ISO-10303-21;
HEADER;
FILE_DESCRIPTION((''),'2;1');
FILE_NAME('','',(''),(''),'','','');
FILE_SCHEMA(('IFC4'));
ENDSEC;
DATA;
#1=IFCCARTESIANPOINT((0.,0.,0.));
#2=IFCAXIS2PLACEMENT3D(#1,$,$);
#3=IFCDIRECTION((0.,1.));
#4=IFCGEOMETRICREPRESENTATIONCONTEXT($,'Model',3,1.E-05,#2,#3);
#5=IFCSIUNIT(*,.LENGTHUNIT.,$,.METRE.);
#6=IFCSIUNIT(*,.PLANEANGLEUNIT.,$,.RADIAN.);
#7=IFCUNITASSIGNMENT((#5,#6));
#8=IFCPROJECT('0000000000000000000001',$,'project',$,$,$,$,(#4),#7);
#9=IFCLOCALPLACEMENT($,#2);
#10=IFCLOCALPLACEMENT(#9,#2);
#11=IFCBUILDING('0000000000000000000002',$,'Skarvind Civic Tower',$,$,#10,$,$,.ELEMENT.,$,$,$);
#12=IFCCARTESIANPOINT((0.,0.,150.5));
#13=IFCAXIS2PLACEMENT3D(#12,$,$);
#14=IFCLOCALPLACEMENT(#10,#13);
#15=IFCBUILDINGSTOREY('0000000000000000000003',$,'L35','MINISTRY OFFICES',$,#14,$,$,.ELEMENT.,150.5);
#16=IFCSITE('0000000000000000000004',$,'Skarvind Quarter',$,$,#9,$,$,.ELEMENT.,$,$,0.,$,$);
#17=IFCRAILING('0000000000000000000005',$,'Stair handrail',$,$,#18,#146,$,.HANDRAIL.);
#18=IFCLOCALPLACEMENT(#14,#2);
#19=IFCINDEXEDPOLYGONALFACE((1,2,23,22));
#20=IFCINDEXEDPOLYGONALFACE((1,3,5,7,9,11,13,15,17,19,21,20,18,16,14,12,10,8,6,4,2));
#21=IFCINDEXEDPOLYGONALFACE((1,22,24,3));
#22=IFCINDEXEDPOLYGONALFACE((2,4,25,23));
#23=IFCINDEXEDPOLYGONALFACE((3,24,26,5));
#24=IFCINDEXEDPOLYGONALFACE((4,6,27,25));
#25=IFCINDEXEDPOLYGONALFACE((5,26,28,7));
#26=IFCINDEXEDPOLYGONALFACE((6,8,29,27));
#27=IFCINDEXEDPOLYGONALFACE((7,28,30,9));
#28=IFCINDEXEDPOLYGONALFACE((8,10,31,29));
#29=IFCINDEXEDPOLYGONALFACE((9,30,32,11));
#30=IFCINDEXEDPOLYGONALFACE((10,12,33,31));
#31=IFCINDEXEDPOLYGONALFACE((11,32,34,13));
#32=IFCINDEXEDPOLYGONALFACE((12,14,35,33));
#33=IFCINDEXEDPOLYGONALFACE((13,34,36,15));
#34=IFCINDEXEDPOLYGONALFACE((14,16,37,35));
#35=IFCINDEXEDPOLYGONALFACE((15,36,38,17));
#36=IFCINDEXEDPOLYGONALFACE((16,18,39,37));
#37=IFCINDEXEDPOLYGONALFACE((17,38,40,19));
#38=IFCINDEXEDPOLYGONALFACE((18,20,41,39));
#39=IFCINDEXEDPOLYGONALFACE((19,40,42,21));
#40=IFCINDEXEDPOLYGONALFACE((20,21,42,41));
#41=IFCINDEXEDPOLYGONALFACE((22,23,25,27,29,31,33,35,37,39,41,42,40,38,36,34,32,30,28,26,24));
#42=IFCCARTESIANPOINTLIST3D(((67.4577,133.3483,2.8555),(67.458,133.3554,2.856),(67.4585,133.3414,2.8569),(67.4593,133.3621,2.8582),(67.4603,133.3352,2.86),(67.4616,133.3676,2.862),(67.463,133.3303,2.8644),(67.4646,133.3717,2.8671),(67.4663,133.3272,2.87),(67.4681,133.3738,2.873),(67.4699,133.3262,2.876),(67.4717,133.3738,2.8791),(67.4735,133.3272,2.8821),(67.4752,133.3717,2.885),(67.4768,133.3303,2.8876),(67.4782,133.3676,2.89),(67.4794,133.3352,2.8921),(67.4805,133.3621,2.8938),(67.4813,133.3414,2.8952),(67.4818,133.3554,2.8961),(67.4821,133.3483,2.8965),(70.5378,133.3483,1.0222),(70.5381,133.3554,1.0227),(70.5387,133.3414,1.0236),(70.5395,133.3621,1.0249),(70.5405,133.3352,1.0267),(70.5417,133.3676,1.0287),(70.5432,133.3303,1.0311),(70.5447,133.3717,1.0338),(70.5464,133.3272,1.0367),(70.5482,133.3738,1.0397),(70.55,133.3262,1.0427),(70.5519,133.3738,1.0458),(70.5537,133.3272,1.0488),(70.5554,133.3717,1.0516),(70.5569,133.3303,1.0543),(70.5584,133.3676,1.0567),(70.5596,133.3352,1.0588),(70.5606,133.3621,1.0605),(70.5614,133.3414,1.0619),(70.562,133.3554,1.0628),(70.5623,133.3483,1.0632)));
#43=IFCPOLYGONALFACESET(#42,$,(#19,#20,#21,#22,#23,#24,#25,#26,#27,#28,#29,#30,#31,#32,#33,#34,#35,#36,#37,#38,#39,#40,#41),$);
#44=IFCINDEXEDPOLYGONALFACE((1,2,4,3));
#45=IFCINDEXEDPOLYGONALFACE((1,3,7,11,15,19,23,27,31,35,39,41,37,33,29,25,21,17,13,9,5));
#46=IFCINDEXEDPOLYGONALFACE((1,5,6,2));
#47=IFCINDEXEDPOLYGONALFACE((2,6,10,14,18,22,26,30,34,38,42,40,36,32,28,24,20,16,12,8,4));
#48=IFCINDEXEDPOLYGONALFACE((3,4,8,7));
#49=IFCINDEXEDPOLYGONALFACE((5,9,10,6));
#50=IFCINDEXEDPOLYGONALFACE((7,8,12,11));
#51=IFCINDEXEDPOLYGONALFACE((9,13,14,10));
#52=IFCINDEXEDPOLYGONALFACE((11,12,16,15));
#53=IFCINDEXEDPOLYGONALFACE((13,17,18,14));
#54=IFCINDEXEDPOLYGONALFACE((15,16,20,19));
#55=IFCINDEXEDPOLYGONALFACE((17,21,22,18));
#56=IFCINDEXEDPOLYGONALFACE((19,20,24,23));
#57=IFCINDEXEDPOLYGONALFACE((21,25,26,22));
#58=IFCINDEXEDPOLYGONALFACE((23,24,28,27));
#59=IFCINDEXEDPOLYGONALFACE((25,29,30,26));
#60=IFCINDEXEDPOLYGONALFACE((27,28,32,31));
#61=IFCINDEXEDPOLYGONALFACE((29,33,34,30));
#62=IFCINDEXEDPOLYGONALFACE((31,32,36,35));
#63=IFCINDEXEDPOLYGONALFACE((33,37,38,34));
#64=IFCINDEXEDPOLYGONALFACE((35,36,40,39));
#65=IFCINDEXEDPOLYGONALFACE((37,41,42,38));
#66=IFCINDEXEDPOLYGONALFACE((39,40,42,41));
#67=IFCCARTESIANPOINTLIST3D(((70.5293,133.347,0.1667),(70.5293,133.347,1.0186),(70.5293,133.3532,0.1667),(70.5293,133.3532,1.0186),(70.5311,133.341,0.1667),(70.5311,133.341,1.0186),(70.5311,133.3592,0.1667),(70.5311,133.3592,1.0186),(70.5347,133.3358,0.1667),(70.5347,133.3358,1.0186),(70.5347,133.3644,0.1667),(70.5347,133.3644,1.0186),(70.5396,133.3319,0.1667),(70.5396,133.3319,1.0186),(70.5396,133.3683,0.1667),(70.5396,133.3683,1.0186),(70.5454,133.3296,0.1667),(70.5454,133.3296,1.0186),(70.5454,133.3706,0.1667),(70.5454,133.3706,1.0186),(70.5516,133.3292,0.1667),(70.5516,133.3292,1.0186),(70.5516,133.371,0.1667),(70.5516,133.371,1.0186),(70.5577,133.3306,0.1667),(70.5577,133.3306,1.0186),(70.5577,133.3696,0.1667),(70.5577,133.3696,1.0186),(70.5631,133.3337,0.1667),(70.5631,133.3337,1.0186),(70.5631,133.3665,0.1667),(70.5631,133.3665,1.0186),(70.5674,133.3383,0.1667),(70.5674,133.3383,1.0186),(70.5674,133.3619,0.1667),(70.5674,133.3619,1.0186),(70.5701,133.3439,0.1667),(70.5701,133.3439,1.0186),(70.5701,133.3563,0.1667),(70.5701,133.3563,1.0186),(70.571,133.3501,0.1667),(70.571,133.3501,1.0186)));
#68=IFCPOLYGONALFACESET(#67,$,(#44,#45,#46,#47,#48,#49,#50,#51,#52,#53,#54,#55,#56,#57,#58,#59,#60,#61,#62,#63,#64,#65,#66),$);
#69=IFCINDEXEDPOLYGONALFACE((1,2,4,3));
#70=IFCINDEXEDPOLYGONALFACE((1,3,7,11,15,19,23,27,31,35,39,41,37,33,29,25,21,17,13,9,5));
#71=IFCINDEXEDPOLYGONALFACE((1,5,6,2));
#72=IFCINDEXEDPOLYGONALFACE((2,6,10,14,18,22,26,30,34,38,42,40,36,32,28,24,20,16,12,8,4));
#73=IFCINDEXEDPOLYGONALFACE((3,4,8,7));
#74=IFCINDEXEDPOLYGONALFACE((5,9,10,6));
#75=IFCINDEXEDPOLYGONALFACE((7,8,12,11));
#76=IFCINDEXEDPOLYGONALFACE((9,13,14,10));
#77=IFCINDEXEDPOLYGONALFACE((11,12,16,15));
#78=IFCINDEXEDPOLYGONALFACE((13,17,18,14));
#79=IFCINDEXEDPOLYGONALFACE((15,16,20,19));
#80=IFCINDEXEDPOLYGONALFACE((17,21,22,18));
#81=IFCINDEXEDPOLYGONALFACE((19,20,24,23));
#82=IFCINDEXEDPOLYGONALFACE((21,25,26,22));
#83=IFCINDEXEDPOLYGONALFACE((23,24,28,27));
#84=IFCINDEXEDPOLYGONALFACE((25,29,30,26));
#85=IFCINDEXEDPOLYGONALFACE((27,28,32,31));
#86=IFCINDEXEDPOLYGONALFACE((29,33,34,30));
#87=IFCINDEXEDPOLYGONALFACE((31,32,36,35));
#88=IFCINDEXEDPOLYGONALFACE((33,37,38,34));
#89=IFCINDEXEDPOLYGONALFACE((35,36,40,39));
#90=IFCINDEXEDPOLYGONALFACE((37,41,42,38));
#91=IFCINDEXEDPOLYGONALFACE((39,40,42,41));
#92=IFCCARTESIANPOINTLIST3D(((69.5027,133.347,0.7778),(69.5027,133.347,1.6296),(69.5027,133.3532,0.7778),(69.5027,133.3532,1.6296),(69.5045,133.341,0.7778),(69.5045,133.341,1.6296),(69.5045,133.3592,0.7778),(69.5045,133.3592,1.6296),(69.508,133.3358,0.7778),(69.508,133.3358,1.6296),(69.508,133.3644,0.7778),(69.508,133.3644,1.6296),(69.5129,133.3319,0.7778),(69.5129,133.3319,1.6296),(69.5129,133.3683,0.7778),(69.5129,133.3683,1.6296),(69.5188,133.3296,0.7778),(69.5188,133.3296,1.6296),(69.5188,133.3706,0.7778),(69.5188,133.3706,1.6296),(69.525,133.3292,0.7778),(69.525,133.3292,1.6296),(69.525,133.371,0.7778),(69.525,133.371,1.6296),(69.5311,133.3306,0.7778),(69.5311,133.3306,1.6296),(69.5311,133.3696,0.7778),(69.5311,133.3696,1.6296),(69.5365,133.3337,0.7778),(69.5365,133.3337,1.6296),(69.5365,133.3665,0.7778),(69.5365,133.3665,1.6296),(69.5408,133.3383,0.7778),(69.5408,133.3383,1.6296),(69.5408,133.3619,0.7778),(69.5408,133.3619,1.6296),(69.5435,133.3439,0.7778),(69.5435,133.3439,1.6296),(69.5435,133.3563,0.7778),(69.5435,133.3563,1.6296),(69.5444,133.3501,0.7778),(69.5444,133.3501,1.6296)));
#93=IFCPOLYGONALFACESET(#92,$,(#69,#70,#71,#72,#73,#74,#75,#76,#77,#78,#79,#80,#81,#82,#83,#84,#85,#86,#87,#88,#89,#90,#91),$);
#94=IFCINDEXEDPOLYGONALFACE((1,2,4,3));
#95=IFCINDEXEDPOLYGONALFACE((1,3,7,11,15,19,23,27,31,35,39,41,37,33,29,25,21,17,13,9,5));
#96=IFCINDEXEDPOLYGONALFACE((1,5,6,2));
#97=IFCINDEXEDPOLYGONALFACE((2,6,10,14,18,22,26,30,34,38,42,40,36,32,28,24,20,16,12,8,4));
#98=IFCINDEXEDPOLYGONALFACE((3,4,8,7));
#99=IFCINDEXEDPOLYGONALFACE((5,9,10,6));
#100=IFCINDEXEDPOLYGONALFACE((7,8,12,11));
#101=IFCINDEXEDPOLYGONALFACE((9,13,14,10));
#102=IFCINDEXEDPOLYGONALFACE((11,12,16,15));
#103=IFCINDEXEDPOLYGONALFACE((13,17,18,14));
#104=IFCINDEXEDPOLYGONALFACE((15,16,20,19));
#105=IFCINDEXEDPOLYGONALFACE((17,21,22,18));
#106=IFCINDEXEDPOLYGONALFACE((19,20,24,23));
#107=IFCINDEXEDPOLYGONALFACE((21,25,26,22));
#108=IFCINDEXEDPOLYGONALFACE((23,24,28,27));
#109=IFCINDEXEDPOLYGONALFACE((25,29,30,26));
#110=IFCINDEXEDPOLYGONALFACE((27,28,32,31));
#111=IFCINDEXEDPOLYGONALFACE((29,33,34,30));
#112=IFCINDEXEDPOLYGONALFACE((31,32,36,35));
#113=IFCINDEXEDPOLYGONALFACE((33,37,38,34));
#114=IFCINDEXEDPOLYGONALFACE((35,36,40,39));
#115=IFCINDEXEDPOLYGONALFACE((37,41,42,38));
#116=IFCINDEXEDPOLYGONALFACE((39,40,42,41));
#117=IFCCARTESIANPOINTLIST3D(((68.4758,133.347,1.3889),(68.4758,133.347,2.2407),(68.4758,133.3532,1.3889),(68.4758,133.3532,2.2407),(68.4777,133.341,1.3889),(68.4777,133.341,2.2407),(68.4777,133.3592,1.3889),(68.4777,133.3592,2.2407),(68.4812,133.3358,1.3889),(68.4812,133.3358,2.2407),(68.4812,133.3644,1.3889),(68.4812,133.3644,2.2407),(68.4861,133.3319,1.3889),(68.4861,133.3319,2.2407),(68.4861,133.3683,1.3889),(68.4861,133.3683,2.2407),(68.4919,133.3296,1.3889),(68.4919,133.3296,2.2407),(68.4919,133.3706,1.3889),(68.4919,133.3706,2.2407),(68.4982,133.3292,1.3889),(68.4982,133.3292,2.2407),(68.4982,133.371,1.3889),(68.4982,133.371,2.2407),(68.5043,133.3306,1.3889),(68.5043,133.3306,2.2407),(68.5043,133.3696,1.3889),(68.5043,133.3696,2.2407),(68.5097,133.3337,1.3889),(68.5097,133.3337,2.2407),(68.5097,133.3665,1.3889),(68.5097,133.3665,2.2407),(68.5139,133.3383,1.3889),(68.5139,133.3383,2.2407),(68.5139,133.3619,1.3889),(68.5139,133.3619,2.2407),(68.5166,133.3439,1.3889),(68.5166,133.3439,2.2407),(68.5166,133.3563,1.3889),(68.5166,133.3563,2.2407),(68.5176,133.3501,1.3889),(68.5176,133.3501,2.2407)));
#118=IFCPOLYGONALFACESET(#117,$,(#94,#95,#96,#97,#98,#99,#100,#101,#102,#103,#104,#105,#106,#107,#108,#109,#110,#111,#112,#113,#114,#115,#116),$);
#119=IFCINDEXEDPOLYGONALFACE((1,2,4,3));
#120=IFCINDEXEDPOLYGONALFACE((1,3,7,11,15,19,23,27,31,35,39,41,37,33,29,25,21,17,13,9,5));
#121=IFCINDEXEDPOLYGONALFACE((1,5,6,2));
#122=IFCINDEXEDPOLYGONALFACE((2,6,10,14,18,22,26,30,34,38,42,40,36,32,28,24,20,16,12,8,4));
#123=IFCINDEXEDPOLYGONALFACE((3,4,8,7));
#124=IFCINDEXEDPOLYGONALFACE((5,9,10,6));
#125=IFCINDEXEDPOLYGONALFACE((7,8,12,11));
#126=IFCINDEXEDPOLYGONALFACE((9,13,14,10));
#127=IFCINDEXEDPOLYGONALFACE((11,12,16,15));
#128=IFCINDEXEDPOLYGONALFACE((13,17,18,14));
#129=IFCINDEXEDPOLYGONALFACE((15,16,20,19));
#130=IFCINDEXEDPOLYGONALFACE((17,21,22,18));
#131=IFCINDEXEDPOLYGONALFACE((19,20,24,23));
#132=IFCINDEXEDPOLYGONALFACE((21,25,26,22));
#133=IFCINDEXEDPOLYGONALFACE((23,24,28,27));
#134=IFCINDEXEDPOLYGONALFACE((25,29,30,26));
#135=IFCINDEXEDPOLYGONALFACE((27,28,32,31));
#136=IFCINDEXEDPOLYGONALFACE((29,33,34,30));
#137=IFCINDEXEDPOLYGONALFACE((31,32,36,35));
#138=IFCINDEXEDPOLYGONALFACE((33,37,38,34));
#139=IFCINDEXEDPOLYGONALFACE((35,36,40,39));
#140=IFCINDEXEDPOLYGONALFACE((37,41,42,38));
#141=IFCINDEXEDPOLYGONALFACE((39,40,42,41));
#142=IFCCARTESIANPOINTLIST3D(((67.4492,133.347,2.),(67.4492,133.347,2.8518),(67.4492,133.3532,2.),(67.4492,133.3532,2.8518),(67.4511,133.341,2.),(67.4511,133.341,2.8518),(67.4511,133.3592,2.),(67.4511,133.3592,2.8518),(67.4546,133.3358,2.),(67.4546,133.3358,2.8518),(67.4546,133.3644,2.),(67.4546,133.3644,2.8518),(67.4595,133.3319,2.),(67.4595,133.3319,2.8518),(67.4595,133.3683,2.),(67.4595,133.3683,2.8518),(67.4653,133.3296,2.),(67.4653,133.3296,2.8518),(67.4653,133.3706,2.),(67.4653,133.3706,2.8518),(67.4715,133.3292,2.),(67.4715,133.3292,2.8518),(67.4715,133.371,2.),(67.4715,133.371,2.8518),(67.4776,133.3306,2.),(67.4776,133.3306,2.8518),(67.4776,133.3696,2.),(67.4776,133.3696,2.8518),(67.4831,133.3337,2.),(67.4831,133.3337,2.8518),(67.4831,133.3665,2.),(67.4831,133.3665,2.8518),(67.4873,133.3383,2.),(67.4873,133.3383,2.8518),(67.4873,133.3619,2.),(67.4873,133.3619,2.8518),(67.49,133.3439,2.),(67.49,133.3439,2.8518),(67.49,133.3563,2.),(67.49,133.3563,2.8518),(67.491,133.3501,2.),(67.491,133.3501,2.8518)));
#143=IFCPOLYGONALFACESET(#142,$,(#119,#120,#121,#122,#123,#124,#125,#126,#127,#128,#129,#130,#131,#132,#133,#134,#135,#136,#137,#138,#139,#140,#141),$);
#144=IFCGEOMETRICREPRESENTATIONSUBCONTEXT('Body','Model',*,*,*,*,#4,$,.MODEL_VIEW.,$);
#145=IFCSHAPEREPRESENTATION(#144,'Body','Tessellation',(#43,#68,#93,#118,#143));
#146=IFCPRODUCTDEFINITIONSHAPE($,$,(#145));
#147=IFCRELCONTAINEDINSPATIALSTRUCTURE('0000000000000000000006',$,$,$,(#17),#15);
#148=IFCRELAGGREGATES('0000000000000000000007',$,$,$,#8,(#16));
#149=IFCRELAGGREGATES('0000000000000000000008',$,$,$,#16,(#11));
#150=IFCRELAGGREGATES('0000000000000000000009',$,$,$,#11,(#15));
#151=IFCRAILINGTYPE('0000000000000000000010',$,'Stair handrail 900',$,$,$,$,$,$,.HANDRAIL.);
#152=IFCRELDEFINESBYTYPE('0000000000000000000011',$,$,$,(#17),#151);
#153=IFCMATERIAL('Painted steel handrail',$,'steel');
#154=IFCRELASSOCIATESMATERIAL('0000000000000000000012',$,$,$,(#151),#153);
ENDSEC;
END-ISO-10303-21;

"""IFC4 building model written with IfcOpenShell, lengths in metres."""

from ifc_helpers import new_model, si_unit, direction, frame, origin, origin_2d, place, context, subcontext, project, spatial, circle, extrude, material, type_object, element, save


model = new_model("IFC4")

# Units and contexts
model_context = context("Model", 3, precision=1e-05, world=origin(), true_north=direction((0.0, 1.0)))
body_context = subcontext(model_context, "Body", "Model", "MODEL_VIEW")
ifc_project = project(units=[si_unit("LENGTHUNIT", "METRE"), si_unit("PLANEANGLEUNIT", "RADIAN")], contexts=[model_context])

# Site, building, storey
site_placement = place(None, origin())
site = spatial("IfcSite", under=ifc_project, at=site_placement, Name="Skarvind Quarter", CompositionType="ELEMENT", RefElevation=0.0)
building_placement = place(site_placement, origin())
building = spatial("IfcBuilding", under=site, at=building_placement, Name="Skarvind Civic Tower", CompositionType="ELEMENT")
storey_placement = place(building_placement, frame((0.0, 0.0, 150.5)))
storey = spatial("IfcBuildingStorey", under=building, at=storey_placement, Name="L35", Description="MINISTRY OFFICES", CompositionType="ELEMENT", Elevation=150.5)

# Railing
ifc_material_1 = material(Name="Painted steel handrail", Category="steel")
railing_type = type_object("IfcRailingType", Name="Stair handrail 900", PredefinedType="HANDRAIL", material=ifc_material_1)
railing_1_placement = place(storey_placement, frame((70.55, 133.3501, 0.1667)))
element("IfcRailing", 1, at=railing_1_placement, inside=storey, type_object=railing_type, Name="Stair handrail", PredefinedType="HANDRAIL", context=body_context, shape_type="SweptSolid", body=[
    extrude(circle(Radius=0.0239, at=origin_2d()), frame((0.0, 0.0, 0.876), z_axis=(-0.859309, 0.0, 0.511458), x_axis=(0.0, -1.0, 0.0)), (0.0, 0.0, 1.0), 3.5845),
    extrude(circle(Radius=0.021, at=origin_2d()), origin(), (0.0, 0.0, 1.0), 0.8518),
    extrude(circle(Radius=0.021, at=origin_2d()), frame((-1.0266, 0.0, 0.6111)), (0.0, 0.0, 1.0), 0.8518),
    extrude(circle(Radius=0.021, at=origin_2d()), frame((-2.0535, 0.0, 1.2222)), (0.0, 0.0, 1.0), 0.8518),
    extrude(circle(Radius=0.021, at=origin_2d()), frame((-3.0801, 0.0, 1.8333)), (0.0, 0.0, 1.0), 0.8518),
])

save(model, "model.ifc")
